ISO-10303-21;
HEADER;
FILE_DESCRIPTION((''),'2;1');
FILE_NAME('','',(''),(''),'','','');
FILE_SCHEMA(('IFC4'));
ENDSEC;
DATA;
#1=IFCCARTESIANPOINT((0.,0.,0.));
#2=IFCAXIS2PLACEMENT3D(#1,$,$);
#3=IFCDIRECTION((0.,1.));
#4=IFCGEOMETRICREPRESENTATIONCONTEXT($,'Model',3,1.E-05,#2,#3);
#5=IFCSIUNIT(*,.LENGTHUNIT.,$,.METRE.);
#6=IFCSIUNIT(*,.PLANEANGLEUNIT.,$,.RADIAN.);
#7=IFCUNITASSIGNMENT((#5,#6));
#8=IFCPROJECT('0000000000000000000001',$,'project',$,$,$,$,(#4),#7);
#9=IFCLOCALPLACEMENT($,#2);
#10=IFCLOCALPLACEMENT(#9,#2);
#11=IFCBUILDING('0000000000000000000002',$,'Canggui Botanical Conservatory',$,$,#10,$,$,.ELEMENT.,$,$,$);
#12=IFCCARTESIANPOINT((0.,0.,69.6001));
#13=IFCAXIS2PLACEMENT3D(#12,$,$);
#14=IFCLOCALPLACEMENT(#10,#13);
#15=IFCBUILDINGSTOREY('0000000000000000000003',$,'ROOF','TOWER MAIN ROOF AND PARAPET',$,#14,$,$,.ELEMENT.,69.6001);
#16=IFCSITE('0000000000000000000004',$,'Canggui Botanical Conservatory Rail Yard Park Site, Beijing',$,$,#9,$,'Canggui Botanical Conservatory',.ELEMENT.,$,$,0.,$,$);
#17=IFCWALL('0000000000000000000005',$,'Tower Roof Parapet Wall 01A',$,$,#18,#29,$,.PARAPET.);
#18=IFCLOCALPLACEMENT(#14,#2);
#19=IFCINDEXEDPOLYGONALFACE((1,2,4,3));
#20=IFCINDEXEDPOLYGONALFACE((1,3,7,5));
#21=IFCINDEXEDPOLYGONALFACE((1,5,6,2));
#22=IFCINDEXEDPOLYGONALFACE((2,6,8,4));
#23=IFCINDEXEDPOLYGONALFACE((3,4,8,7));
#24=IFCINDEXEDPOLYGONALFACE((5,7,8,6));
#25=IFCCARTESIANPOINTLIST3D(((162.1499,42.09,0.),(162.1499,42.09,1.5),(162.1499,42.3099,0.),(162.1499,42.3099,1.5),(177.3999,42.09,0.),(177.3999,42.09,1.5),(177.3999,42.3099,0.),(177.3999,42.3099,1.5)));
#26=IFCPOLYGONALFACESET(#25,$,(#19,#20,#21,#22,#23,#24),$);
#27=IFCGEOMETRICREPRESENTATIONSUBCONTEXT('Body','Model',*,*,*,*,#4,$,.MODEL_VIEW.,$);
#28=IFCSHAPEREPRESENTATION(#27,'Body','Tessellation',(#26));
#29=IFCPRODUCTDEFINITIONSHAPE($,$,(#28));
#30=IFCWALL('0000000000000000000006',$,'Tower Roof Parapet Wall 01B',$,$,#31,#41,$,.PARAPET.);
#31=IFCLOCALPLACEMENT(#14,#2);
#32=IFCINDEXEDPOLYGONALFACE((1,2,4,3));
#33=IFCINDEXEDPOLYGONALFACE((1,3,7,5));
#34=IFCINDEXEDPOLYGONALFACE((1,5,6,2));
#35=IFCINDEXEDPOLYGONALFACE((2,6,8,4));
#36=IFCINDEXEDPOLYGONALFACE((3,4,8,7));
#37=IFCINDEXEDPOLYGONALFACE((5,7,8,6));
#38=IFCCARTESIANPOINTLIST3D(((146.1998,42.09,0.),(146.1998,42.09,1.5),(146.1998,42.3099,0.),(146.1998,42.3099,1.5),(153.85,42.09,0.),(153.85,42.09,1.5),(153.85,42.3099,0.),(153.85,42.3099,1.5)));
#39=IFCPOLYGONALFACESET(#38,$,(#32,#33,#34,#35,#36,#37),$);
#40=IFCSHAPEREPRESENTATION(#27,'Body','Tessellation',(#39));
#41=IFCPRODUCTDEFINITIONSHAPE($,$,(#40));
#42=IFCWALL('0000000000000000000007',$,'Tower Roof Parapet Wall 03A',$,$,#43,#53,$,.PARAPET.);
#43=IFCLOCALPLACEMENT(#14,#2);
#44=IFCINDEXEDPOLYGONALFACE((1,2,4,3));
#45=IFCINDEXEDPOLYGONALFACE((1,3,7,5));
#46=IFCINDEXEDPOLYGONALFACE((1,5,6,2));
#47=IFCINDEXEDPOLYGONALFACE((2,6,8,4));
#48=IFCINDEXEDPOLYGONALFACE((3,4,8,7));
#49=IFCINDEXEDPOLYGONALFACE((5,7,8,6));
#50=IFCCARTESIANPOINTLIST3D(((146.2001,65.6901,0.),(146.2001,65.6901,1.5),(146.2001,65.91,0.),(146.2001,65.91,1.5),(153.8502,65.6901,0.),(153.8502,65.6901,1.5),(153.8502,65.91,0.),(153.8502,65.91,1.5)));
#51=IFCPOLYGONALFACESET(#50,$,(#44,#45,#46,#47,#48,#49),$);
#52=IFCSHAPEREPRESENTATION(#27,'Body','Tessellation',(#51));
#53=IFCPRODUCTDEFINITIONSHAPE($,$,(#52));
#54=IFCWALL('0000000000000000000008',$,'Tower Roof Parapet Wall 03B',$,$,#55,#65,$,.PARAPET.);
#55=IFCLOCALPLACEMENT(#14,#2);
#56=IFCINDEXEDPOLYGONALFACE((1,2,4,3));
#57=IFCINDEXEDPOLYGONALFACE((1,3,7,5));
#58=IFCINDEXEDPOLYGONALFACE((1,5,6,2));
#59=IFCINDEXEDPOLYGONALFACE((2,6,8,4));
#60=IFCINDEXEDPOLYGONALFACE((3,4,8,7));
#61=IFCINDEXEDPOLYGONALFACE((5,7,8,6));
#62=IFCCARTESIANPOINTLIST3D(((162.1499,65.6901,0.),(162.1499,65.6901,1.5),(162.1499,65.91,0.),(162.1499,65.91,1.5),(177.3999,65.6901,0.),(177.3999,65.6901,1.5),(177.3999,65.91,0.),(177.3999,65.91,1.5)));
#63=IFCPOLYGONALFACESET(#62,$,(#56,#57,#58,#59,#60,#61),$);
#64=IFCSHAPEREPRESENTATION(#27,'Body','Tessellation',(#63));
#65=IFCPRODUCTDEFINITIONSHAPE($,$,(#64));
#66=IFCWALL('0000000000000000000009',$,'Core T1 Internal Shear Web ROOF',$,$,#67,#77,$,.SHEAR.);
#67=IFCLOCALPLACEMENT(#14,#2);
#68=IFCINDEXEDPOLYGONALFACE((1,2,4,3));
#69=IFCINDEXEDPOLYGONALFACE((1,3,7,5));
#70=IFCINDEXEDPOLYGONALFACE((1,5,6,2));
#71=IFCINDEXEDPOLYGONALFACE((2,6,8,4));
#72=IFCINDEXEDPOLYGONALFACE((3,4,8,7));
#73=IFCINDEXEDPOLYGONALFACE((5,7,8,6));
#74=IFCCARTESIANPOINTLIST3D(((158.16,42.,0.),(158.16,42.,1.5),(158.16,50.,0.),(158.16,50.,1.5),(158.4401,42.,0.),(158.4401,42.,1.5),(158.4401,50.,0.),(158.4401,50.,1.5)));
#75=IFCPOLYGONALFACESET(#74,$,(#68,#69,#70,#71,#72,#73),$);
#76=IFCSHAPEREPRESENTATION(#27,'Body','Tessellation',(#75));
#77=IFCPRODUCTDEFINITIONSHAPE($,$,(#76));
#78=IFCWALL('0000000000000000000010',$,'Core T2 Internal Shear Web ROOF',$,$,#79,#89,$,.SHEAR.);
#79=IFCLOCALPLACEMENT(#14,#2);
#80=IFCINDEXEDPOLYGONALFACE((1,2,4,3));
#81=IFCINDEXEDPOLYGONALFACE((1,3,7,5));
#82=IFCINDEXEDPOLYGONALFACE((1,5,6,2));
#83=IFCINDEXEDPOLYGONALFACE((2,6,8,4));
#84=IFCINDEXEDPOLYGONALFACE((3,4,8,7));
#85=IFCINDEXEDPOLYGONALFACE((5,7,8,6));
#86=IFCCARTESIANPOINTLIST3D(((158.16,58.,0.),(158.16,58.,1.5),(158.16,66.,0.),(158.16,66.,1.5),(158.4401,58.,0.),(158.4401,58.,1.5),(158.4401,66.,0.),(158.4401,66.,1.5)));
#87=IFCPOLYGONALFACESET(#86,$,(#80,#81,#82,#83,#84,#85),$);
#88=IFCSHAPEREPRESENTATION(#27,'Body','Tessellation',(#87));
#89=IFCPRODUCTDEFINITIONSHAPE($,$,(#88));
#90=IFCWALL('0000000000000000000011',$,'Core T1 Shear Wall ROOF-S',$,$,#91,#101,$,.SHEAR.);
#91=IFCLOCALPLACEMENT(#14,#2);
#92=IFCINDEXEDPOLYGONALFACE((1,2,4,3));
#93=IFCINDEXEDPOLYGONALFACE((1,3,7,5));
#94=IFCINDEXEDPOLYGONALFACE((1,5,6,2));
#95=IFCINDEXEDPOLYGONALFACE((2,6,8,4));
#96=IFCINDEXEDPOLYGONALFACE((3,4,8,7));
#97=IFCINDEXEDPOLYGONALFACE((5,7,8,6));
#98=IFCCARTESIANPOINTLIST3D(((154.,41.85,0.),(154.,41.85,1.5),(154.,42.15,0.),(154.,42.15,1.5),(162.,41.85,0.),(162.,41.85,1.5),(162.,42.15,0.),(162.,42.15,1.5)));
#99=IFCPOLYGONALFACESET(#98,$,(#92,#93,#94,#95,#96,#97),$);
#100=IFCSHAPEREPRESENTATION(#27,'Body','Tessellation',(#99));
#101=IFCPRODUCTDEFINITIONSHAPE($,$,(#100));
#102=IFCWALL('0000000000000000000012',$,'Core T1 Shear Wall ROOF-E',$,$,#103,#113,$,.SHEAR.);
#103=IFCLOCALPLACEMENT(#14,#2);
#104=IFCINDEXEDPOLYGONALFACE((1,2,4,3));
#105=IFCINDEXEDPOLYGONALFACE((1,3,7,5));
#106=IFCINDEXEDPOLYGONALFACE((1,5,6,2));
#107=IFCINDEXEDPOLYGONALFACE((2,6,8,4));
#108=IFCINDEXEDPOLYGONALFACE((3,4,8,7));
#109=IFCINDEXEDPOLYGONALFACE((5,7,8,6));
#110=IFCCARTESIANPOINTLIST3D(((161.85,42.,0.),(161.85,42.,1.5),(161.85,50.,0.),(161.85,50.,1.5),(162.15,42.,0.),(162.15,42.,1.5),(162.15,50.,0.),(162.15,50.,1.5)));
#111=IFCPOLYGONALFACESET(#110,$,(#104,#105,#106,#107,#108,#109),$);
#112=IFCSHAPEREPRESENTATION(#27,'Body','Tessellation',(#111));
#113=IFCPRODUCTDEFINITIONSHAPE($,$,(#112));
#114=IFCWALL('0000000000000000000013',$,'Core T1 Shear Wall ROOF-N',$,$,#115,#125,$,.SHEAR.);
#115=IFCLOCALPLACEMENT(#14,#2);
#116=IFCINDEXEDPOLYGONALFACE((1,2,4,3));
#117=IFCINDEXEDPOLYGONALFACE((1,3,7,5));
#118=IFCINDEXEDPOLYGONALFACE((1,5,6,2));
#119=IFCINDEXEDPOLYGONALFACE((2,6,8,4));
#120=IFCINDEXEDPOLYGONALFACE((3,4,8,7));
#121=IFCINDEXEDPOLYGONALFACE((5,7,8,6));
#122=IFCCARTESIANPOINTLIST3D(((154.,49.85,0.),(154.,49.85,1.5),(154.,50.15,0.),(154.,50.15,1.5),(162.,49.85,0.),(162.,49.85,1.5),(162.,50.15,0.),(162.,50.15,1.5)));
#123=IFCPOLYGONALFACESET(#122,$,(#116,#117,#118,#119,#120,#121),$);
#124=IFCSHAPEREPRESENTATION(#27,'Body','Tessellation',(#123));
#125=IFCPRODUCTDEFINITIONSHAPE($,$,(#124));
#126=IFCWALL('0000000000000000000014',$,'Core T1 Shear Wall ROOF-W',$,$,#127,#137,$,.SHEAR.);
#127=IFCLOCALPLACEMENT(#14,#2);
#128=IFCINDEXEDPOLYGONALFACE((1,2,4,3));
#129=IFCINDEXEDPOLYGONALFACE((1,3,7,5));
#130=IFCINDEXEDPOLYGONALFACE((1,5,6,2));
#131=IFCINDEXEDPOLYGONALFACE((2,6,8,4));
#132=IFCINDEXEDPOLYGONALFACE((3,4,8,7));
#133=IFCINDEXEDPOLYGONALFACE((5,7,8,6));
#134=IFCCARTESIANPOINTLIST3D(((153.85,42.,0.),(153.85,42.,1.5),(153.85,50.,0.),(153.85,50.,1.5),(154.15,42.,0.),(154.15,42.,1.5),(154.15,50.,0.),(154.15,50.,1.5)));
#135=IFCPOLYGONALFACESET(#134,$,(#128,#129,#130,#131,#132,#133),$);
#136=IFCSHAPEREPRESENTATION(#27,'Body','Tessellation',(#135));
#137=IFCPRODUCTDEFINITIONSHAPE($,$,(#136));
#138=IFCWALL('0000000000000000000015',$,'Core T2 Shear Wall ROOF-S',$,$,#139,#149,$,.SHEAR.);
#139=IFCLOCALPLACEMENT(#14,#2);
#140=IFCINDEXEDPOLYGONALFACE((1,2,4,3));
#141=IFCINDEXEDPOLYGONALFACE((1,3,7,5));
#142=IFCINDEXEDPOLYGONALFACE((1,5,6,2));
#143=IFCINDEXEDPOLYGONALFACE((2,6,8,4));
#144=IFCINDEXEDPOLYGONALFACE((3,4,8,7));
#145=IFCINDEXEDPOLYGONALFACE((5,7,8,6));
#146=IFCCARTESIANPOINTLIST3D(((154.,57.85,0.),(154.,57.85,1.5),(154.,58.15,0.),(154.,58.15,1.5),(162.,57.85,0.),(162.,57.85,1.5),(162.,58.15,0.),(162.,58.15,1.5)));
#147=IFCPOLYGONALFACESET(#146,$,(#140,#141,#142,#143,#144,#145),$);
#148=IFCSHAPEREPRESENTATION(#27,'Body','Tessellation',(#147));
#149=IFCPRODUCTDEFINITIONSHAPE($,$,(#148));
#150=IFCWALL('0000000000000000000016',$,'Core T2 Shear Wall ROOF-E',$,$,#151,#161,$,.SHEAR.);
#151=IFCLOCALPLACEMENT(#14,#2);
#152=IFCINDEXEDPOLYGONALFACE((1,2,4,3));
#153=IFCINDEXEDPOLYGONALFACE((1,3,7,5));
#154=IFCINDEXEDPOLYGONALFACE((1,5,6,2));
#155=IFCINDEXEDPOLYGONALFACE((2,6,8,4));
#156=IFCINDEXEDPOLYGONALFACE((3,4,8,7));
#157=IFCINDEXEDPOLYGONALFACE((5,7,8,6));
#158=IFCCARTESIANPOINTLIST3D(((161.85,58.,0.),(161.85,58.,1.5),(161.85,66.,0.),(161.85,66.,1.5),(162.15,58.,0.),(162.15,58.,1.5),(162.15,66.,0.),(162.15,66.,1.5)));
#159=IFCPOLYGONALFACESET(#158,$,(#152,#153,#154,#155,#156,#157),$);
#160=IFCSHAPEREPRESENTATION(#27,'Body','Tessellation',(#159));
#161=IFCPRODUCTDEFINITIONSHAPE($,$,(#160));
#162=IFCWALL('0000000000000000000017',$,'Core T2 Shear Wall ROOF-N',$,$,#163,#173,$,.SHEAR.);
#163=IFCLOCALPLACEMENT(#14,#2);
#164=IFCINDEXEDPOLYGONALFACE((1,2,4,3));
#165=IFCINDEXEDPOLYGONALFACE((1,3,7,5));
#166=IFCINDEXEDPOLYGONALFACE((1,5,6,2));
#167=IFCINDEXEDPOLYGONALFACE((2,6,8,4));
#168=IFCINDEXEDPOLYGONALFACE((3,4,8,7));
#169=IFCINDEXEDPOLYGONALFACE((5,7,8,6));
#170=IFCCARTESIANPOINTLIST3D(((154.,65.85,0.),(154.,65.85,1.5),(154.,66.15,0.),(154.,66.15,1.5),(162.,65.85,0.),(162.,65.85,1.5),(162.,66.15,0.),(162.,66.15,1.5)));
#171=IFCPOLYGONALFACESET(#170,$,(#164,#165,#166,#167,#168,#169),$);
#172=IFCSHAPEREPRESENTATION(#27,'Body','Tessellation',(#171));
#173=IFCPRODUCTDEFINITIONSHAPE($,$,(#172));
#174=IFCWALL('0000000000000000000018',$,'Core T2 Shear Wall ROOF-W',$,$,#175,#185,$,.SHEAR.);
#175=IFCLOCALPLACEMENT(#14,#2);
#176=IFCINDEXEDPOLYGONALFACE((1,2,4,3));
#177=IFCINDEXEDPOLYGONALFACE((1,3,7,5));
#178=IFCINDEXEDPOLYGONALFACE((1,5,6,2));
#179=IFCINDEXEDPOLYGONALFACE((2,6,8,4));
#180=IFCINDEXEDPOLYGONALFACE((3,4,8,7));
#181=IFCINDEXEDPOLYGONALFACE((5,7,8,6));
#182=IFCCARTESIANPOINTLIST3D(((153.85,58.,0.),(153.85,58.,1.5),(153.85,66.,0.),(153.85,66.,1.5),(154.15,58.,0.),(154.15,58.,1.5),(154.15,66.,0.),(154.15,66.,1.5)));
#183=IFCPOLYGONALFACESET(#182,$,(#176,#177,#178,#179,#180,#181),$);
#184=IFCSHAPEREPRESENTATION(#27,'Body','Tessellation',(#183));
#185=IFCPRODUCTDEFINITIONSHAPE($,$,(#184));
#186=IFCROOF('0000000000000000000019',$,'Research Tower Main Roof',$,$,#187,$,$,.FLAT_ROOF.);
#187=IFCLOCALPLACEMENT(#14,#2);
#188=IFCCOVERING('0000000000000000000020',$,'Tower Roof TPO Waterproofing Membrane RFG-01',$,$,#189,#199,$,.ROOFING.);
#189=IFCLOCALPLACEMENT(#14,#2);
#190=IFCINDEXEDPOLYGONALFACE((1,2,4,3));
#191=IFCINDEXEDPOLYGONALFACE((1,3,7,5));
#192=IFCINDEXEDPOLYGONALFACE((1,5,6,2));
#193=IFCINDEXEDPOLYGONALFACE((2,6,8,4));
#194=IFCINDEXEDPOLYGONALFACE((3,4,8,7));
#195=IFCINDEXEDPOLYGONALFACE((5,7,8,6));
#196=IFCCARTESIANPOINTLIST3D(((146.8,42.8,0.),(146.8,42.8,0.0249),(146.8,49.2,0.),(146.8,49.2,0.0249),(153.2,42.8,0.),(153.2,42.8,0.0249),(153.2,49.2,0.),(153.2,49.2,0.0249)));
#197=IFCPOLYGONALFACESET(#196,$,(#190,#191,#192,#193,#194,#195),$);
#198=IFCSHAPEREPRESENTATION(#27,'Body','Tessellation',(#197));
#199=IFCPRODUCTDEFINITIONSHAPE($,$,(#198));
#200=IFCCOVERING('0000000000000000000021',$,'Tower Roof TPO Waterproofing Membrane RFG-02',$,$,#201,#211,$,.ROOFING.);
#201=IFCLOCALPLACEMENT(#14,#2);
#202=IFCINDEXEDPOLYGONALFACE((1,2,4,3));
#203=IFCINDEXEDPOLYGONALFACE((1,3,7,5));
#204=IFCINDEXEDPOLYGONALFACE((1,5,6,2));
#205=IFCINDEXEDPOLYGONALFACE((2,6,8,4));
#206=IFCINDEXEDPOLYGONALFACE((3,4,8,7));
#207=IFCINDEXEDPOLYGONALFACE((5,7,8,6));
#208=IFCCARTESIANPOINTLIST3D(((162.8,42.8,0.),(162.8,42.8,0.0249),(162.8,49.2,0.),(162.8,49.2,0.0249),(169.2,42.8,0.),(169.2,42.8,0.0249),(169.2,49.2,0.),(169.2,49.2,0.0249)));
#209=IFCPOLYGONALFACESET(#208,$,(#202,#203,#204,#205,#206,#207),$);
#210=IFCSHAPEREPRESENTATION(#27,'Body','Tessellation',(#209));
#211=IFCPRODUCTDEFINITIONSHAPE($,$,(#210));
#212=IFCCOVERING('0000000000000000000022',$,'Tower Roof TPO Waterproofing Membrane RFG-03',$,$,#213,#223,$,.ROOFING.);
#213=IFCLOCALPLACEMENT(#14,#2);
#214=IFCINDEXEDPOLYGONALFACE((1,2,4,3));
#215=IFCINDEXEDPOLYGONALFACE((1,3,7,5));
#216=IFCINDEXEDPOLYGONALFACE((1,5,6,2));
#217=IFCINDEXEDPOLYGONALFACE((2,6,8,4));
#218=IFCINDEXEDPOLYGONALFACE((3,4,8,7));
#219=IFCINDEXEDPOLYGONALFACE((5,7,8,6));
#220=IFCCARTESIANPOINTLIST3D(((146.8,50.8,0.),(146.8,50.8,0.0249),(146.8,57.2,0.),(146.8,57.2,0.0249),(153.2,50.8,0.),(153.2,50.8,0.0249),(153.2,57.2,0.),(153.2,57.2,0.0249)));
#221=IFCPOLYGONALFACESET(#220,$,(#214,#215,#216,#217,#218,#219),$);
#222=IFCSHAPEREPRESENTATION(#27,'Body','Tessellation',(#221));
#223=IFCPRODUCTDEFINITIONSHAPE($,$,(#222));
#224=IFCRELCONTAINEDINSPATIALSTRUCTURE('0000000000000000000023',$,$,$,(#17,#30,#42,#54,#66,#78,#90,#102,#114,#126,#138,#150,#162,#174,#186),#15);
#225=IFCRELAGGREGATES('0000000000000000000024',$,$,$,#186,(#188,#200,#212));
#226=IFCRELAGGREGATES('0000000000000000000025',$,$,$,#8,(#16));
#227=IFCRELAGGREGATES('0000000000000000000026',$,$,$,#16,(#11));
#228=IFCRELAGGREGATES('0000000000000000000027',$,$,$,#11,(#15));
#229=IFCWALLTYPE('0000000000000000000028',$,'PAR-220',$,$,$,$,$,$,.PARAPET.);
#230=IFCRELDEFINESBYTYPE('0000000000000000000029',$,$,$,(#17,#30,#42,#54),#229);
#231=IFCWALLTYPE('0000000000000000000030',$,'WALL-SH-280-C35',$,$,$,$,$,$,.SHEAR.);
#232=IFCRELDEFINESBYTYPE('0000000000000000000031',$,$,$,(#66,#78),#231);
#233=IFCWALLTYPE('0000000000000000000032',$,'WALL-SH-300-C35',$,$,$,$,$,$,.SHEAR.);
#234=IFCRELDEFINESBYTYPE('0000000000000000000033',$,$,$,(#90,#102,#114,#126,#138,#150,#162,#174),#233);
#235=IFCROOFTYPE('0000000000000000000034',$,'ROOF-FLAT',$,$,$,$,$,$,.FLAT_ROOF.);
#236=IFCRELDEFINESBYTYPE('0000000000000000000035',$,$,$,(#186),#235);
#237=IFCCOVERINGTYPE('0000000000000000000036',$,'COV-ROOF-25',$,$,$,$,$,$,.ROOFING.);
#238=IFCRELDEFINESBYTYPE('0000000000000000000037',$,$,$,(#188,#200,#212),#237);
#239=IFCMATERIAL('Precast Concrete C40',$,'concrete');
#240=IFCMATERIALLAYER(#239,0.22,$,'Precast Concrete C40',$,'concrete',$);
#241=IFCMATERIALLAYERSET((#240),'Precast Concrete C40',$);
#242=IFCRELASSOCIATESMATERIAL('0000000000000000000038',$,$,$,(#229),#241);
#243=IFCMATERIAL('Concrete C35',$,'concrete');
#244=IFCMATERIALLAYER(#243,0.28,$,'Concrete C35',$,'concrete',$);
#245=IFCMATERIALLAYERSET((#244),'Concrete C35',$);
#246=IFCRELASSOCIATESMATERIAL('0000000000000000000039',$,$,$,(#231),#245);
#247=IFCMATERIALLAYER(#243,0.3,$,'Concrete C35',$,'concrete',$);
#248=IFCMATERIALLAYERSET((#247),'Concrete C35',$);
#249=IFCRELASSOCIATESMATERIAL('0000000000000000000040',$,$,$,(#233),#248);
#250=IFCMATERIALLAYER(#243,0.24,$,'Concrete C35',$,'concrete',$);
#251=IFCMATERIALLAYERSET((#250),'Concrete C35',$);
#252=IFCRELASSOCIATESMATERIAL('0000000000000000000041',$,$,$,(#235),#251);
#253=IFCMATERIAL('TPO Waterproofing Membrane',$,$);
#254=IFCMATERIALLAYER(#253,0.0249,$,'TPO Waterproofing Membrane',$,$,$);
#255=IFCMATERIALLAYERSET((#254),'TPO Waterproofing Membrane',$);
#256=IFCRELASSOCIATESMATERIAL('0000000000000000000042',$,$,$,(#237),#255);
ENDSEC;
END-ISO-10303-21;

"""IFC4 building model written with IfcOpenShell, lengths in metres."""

from ifc_helpers import new_model, si_unit, direction, frame, frame_2d, origin, place, context, subcontext, project, spatial, polyline, rectangle, outline, extrude, material, layer, layer_set, type_object, element, aggregate, save


model = new_model("IFC4")

# Units and contexts
model_context = context("Model", 3, precision=1e-05, world=origin(), true_north=direction((0.0, 1.0)))
body_context = subcontext(model_context, "Body", "Model", "MODEL_VIEW")
ifc_project = project(units=[si_unit("LENGTHUNIT", "METRE"), si_unit("PLANEANGLEUNIT", "RADIAN")], contexts=[model_context])

# Site, building, storey
site_placement = place(None, origin())
site = spatial("IfcSite", under=ifc_project, at=site_placement, Name="Canggui Botanical Conservatory Rail Yard Park Site, Beijing", LongName="Canggui Botanical Conservatory", CompositionType="ELEMENT", RefElevation=0.0)
building_placement = place(site_placement, origin())
building = spatial("IfcBuilding", under=site, at=building_placement, Name="Canggui Botanical Conservatory", CompositionType="ELEMENT")
storey_placement = place(building_placement, frame((0.0, 0.0, 69.6001)))
storey = spatial("IfcBuildingStorey", under=building, at=storey_placement, Name="ROOF", Description="TOWER MAIN ROOF AND PARAPET", CompositionType="ELEMENT", Elevation=69.6001)

# Shared definitions
ifc_material_1 = material(Name="Concrete C35", Category="concrete")

# Walls
ifc_material_2 = material(Name="Precast Concrete C40", Category="concrete")
ifc_layer_1 = layer(ifc_material_2, 0.22, Name="Precast Concrete C40", Category="concrete")
ifc_layer_set_1 = layer_set([ifc_layer_1], Name="Precast Concrete C40")
wall_type_1 = type_object("IfcWallType", Name="PAR-220", PredefinedType="PARAPET", material=ifc_layer_set_1)
wall_1_placement = place(storey_placement, frame((177.3999, 42.2, 0.0), z_axis=(0.0, 0.0, 1.0), x_axis=(-1.0, 0.0, 0.0)))
element("IfcWall", 1, at=wall_1_placement, inside=storey, type_object=wall_type_1, Name="Tower Roof Parapet Wall 01A", PredefinedType="PARAPET", context=body_context, shape_type="SweptSolid", body=[
    extrude(rectangle(XDim=15.25, YDim=0.22, at=frame_2d((7.625, 0.0))), origin(), (0.0, 0.0, 1.0), 1.5),
])
for number, where, z_axis, x_axis, name in (
    (2, (153.8501, 42.2, 0.0), (0.0, 0.0, 1.0), (-1.0, 0.0, 0.0), "Tower Roof Parapet Wall 01B"),
    (3, (146.2, 65.8, 0.0), (0.0, 0.0, 1.0), (1.0, 0.0, 0.0), "Tower Roof Parapet Wall 03A"),
):
    element("IfcWall", number, at=place(storey_placement, frame(where, z_axis=z_axis, x_axis=x_axis)), inside=storey, type_object=wall_type_1, Name=name, PredefinedType="PARAPET", context=body_context, shape_type="SweptSolid", body=[
        extrude(rectangle(XDim=7.6501, YDim=0.22, at=frame_2d((3.8252, 0.0))), origin(), (0.0, 0.0, 1.0), 1.5),
    ])
wall_2_placement = place(storey_placement, frame((162.1499, 65.8, 0.0), z_axis=(0.0, 0.0, 1.0), x_axis=(1.0, 0.0, 0.0)))
element("IfcWall", 4, at=wall_2_placement, inside=storey, type_object=wall_type_1, Name="Tower Roof Parapet Wall 03B", PredefinedType="PARAPET", context=body_context, shape_type="SweptSolid", body=[
    extrude(rectangle(XDim=15.25, YDim=0.22, at=frame_2d((7.625, 0.0))), origin(), (0.0, 0.0, 1.0), 1.5),
])
ifc_layer_2 = layer(ifc_material_1, 0.28, Name="Concrete C35", Category="concrete")
ifc_layer_set_2 = layer_set([ifc_layer_2], Name="Concrete C35")
wall_type_2 = type_object("IfcWallType", Name="WALL-SH-280-C35", PredefinedType="SHEAR", material=ifc_layer_set_2)
for number, where, z_axis, x_axis, name in (
    (5, (158.3, 42.0, 0.0), (0.0, 0.0, 1.0), (0.0, 1.0, 0.0), "Core T1 Internal Shear Web ROOF"),
    (6, (158.3, 58.0, 0.0), (0.0, 0.0, 1.0), (0.0, 1.0, 0.0), "Core T2 Internal Shear Web ROOF"),
):
    element("IfcWall", number, at=place(storey_placement, frame(where, z_axis=z_axis, x_axis=x_axis)), inside=storey, type_object=wall_type_2, Name=name, PredefinedType="SHEAR", context=body_context, shape_type="SweptSolid", body=[
        extrude(rectangle(XDim=8.0, YDim=0.28, at=frame_2d((4.0, 0.0))), origin(), (0.0, 0.0, 1.0), 1.5),
    ])
ifc_layer_3 = layer(ifc_material_1, 0.3, Name="Concrete C35", Category="concrete")
ifc_layer_set_3 = layer_set([ifc_layer_3], Name="Concrete C35")
wall_type_3 = type_object("IfcWallType", Name="WALL-SH-300-C35", PredefinedType="SHEAR", material=ifc_layer_set_3)
for number, where, z_axis, x_axis, name in (
    (7, (154.0, 42.0, 0.0), (0.0, 0.0, 1.0), (1.0, 0.0, 0.0), "Core T1 Shear Wall ROOF-S"),
    (8, (162.0, 42.0, 0.0), (0.0, 0.0, 1.0), (0.0, 1.0, 0.0), "Core T1 Shear Wall ROOF-E"),
    (9, (162.0, 50.0, 0.0), (0.0, 0.0, 1.0), (-1.0, 0.0, 0.0), "Core T1 Shear Wall ROOF-N"),
    (10, (154.0, 50.0, 0.0), (0.0, 0.0, 1.0), (0.0, -1.0, 0.0), "Core T1 Shear Wall ROOF-W"),
    (11, (154.0, 58.0, 0.0), (0.0, 0.0, 1.0), (1.0, 0.0, 0.0), "Core T2 Shear Wall ROOF-S"),
    (12, (162.0, 58.0, 0.0), (0.0, 0.0, 1.0), (0.0, 1.0, 0.0), "Core T2 Shear Wall ROOF-E"),
    (13, (162.0, 66.0, 0.0), (0.0, 0.0, 1.0), (-1.0, 0.0, 0.0), "Core T2 Shear Wall ROOF-N"),
    (14, (154.0, 66.0, 0.0), (0.0, 0.0, 1.0), (0.0, -1.0, 0.0), "Core T2 Shear Wall ROOF-W"),
):
    element("IfcWall", number, at=place(storey_placement, frame(where, z_axis=z_axis, x_axis=x_axis)), inside=storey, type_object=wall_type_3, Name=name, PredefinedType="SHEAR", context=body_context, shape_type="SweptSolid", body=[
        extrude(rectangle(XDim=8.0, YDim=0.3, at=frame_2d((4.0, 0.0))), origin(), (0.0, 0.0, 1.0), 1.5),
    ])

# Roof, coverings
ifc_layer_4 = layer(ifc_material_1, 0.24, Name="Concrete C35", Category="concrete")
ifc_layer_set_4 = layer_set([ifc_layer_4], Name="Concrete C35")
roof_type = type_object("IfcRoofType", Name="ROOF-FLAT", PredefinedType="FLAT_ROOF", material=ifc_layer_set_4)
roof_placement = place(storey_placement, origin())
roof = element("IfcRoof", 15, at=roof_placement, inside=storey, type_object=roof_type, Name="Research Tower Main Roof", PredefinedType="FLAT_ROOF")
ifc_material_3 = material(Name="TPO Waterproofing Membrane")
ifc_layer_5 = layer(ifc_material_3, 0.0249, Name="TPO Waterproofing Membrane")
ifc_layer_set_5 = layer_set([ifc_layer_5], Name="TPO Waterproofing Membrane")
covering_type = type_object("IfcCoveringType", Name="COV-ROOF-25", PredefinedType="ROOFING", material=ifc_layer_set_5)
covering_1_placement = place(storey_placement, origin())
covering_1 = element("IfcCovering", 16, at=covering_1_placement, type_object=covering_type, Name="Tower Roof TPO Waterproofing Membrane RFG-01", PredefinedType="ROOFING", context=body_context, shape_type="SweptSolid", body=[
    extrude(outline(polyline([(146.8, 42.8), (153.2, 42.8), (153.2, 49.2), (146.8, 49.2), (146.8, 42.8)])), origin(), (0.0, 0.0, 1.0), 0.0249),
])
covering_2_placement = place(storey_placement, origin())
covering_2 = element("IfcCovering", 17, at=covering_2_placement, type_object=covering_type, Name="Tower Roof TPO Waterproofing Membrane RFG-02", PredefinedType="ROOFING", context=body_context, shape_type="SweptSolid", body=[
    extrude(outline(polyline([(162.8, 42.8), (169.2, 42.8), (169.2, 49.2), (162.8, 49.2), (162.8, 42.8)])), origin(), (0.0, 0.0, 1.0), 0.0249),
])
covering_3_placement = place(storey_placement, origin())
covering_3 = element("IfcCovering", 18, at=covering_3_placement, type_object=covering_type, Name="Tower Roof TPO Waterproofing Membrane RFG-03", PredefinedType="ROOFING", context=body_context, shape_type="SweptSolid", body=[
    extrude(outline(polyline([(146.8, 50.8), (153.2, 50.8), (153.2, 57.2), (146.8, 57.2), (146.8, 50.8)])), origin(), (0.0, 0.0, 1.0), 0.0249),
])
aggregate(roof, [covering_1, covering_2, covering_3])

save(model, "model.ifc")
